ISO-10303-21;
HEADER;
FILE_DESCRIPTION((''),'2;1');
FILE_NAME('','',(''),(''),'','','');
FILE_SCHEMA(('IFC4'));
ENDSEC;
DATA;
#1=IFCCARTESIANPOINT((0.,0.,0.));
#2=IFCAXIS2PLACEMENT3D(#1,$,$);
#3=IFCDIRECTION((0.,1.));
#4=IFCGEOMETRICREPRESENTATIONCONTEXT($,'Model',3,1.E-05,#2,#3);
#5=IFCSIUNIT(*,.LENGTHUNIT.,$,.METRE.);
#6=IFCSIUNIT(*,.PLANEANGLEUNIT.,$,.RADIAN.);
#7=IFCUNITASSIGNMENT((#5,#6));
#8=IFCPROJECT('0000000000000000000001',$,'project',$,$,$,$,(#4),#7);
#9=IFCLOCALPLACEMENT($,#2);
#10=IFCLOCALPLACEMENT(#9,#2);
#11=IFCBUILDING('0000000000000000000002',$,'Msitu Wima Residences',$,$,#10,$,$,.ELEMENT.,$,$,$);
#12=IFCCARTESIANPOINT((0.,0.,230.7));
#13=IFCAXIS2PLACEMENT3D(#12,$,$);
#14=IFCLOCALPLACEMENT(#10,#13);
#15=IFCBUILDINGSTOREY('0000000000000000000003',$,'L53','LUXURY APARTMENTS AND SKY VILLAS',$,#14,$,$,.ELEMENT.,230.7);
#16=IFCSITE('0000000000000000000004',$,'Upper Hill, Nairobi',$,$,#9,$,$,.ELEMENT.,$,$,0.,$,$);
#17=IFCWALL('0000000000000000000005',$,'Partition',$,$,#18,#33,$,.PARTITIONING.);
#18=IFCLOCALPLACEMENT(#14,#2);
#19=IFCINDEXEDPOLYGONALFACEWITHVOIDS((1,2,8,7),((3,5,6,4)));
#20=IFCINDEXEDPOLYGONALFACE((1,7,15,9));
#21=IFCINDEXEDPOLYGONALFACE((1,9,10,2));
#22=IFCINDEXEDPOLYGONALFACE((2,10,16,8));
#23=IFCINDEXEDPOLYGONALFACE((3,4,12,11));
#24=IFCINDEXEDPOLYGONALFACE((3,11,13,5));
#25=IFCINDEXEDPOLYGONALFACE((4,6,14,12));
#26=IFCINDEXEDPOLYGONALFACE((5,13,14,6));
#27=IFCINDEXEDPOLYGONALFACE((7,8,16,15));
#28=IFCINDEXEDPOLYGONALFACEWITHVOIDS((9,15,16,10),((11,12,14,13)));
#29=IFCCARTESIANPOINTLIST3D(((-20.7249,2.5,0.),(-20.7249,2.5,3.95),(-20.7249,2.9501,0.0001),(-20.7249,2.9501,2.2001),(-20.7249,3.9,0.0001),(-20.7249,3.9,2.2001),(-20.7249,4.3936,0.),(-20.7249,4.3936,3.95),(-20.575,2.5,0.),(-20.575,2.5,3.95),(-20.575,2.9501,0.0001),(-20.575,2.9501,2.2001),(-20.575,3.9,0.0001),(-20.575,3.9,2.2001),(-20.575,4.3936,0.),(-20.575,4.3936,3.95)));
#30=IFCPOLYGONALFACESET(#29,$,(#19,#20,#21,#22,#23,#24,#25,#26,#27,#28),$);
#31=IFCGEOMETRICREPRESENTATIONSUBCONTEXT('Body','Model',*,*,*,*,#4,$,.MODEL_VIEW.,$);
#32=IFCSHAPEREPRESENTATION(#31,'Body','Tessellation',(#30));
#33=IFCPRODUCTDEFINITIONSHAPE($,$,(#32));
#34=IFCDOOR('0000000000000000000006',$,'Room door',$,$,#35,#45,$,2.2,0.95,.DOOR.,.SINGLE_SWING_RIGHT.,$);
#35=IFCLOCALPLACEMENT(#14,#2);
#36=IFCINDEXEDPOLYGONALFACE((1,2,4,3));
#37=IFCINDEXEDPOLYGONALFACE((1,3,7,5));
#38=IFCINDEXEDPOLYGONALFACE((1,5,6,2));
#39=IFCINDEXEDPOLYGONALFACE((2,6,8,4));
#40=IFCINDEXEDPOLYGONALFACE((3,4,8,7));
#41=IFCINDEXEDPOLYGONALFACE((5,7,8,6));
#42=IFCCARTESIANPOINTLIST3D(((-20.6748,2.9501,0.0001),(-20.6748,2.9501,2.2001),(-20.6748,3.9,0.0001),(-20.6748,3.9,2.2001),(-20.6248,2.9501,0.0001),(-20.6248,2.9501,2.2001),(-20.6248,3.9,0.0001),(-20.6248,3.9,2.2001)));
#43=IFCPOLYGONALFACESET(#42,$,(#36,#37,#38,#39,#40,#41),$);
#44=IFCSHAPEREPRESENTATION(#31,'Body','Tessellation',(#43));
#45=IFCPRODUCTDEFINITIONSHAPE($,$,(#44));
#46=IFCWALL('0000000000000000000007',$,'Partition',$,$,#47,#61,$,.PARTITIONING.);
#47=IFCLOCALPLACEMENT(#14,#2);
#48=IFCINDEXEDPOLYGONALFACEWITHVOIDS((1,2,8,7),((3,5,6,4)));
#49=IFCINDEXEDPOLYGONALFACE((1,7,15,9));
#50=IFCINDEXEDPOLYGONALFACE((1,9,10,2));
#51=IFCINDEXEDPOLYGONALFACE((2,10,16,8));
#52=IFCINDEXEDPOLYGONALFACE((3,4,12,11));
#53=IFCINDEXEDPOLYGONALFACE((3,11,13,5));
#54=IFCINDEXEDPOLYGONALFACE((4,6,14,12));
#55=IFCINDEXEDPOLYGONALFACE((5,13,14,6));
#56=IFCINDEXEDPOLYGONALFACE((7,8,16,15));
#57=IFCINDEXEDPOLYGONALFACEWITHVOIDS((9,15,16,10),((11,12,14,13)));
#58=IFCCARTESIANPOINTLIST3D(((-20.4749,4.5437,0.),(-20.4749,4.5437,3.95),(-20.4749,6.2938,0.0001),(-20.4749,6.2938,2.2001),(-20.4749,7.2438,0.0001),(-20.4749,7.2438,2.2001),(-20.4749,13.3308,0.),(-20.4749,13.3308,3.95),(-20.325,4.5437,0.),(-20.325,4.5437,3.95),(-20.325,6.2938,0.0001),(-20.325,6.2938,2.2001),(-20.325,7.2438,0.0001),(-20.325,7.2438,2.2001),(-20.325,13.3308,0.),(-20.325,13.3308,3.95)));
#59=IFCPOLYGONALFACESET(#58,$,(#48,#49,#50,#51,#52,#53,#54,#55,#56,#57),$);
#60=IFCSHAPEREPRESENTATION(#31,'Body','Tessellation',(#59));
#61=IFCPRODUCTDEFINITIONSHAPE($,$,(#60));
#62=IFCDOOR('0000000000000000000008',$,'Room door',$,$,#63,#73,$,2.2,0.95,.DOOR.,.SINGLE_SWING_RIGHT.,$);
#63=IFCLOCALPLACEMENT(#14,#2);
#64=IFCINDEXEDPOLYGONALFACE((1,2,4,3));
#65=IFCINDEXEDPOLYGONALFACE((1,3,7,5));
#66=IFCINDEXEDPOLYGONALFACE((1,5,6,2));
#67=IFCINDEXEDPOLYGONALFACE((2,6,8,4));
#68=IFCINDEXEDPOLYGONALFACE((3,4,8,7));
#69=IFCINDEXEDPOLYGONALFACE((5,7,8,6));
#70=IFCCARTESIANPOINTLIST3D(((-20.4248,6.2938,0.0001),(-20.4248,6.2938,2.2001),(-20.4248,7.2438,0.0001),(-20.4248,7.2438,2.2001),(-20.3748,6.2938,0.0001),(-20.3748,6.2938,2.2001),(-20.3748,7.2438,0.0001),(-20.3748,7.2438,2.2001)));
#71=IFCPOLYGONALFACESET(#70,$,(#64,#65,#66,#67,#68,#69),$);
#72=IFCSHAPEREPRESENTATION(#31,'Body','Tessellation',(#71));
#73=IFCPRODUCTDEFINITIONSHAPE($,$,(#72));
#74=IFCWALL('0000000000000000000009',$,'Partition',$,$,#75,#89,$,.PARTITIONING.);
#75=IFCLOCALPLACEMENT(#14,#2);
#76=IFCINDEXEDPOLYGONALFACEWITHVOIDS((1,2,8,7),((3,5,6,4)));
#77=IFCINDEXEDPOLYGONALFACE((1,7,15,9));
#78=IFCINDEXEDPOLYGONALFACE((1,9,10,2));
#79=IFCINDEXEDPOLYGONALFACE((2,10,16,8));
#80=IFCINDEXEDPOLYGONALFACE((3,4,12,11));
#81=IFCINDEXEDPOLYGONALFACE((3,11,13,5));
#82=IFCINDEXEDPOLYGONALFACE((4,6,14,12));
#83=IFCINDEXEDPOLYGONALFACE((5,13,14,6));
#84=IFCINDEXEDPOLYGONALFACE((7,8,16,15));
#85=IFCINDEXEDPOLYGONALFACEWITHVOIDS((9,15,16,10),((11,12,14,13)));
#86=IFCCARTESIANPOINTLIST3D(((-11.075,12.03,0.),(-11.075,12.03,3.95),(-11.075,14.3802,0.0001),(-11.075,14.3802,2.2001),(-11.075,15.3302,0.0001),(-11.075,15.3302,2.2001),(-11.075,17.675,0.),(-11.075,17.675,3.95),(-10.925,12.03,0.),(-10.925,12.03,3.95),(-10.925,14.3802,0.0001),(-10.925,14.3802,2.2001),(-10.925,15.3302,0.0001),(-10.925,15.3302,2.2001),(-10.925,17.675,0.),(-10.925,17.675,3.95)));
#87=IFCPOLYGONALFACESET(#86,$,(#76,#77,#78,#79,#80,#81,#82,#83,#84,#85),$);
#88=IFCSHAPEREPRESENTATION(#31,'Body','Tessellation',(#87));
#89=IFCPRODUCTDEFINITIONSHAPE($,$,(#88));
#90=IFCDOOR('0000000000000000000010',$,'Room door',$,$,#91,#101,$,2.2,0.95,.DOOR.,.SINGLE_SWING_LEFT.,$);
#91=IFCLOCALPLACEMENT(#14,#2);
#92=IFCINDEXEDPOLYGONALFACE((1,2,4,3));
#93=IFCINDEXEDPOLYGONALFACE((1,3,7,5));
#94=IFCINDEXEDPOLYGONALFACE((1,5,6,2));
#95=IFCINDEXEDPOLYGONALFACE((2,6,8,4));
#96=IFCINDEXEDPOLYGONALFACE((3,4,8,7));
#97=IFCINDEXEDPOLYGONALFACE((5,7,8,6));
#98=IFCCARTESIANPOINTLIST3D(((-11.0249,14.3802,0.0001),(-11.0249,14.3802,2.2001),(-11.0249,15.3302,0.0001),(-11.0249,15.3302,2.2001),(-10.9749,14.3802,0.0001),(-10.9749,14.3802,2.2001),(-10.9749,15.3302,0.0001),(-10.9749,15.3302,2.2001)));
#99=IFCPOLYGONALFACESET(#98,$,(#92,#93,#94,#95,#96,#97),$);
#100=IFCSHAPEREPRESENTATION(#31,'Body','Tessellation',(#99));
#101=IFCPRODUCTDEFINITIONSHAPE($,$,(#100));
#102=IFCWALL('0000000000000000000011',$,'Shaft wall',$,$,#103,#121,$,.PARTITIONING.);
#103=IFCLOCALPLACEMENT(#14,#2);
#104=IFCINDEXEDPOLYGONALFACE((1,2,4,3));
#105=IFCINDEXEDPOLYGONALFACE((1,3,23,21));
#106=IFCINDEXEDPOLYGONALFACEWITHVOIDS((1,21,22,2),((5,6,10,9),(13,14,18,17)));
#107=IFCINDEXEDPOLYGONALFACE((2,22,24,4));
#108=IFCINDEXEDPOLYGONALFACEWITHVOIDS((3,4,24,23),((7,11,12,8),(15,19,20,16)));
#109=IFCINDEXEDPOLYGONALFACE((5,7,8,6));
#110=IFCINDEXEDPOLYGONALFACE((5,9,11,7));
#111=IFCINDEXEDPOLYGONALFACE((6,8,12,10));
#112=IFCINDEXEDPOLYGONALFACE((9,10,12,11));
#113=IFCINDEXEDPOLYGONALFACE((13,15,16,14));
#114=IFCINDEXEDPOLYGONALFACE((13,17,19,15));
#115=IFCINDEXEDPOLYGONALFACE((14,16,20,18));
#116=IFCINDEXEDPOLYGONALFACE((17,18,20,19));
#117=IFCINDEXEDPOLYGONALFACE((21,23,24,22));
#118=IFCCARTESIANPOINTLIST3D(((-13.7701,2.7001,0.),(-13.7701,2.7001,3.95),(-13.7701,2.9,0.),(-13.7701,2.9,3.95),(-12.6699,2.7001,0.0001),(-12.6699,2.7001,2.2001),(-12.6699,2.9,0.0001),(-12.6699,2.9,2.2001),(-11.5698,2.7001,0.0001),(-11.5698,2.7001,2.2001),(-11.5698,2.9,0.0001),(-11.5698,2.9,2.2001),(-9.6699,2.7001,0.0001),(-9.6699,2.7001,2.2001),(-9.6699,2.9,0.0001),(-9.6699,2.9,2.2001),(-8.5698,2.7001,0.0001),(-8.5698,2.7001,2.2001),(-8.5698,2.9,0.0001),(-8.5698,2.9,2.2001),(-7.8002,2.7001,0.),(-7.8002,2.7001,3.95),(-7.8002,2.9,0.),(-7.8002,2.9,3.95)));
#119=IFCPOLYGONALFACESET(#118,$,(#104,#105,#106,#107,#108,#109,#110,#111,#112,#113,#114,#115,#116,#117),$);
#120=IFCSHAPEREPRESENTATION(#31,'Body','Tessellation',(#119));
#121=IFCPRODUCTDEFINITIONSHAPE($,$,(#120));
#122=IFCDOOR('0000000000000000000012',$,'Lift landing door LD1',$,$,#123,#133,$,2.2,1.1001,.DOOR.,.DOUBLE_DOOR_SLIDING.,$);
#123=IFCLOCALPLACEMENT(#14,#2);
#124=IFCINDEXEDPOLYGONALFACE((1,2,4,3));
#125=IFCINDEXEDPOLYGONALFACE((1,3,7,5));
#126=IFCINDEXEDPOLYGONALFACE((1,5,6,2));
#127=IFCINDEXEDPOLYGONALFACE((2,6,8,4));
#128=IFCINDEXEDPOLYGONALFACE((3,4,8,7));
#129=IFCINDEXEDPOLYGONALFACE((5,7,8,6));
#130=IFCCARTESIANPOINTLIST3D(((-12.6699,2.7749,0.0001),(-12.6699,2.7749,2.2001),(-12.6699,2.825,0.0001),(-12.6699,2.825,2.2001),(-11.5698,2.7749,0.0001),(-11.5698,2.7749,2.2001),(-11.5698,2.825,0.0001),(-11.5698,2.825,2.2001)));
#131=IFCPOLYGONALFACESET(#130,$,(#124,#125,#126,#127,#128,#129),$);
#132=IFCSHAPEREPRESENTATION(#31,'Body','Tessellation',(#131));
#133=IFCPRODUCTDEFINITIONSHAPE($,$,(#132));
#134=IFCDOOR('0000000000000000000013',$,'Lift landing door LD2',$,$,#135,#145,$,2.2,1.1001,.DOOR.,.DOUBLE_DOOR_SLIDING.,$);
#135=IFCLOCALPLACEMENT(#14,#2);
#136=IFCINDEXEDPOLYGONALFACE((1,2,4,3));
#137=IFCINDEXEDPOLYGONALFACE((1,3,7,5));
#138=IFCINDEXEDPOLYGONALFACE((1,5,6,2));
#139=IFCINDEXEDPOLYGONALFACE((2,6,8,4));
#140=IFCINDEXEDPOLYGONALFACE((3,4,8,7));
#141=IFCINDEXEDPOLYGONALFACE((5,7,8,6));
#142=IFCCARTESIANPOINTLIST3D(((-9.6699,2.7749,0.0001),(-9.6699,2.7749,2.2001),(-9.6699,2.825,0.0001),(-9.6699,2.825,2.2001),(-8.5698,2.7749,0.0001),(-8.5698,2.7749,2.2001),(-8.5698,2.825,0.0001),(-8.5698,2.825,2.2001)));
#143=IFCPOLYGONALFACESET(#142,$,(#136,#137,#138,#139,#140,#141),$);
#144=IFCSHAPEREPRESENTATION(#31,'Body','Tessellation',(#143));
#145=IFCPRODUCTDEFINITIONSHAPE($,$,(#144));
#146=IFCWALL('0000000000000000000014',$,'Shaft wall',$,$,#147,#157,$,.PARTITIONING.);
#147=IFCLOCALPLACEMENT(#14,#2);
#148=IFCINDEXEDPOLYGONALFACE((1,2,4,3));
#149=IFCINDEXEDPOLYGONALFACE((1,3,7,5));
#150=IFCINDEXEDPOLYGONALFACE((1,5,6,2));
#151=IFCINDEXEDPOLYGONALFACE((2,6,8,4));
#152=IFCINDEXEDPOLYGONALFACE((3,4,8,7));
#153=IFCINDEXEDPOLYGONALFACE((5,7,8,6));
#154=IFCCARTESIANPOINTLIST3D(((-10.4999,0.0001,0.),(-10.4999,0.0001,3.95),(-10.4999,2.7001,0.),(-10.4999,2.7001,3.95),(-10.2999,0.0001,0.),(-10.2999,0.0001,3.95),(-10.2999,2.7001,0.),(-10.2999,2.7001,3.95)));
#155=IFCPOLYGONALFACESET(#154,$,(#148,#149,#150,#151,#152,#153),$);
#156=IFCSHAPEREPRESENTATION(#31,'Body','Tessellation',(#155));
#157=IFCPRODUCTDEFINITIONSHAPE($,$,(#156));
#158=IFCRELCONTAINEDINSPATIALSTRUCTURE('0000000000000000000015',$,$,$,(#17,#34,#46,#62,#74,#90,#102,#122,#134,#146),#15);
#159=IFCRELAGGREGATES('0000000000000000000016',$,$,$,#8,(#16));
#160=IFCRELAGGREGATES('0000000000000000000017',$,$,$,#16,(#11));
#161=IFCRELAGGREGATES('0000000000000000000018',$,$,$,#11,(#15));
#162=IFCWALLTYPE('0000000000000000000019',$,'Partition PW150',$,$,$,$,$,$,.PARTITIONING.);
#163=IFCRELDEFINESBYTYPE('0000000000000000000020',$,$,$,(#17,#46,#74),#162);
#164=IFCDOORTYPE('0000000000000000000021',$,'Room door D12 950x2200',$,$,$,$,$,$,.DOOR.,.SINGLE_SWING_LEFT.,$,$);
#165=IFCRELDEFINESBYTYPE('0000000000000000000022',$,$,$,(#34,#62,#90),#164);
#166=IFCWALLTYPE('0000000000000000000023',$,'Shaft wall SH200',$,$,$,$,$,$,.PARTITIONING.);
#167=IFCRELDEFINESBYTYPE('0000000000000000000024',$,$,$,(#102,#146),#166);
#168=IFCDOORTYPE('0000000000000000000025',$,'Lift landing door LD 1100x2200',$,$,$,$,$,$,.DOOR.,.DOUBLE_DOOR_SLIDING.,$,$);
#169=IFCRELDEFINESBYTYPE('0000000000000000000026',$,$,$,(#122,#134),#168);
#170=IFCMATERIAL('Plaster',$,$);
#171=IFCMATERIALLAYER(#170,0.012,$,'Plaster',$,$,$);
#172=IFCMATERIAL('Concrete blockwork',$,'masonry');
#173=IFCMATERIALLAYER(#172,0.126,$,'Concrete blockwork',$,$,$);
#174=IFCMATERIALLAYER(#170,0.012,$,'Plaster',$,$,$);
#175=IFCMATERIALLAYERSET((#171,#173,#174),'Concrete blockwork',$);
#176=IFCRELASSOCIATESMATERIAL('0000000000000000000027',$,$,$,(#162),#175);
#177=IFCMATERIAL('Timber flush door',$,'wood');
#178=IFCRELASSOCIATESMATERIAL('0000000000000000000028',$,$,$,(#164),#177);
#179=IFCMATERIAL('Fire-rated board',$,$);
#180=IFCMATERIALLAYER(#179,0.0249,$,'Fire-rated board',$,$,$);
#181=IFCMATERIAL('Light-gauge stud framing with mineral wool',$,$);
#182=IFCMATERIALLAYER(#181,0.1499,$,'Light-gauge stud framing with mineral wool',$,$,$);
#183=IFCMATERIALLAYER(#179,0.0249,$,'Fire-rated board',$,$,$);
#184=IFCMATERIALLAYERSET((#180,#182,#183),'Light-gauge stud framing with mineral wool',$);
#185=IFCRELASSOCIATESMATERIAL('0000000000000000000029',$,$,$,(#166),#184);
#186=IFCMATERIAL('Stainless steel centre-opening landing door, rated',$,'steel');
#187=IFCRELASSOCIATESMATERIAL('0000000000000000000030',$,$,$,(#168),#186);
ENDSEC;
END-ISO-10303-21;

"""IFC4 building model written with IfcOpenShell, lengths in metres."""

from ifc_helpers import new_model, si_unit, direction, frame, frame_2d, origin, place, context, subcontext, project, spatial, rectangle, extrude, material, layer, layer_set, type_object, element, fill, save


model = new_model("IFC4")

# Units and contexts
model_context = context("Model", 3, precision=1e-05, world=origin(), true_north=direction((0.0, 1.0)))
body_context = subcontext(model_context, "Body", "Model", "MODEL_VIEW")
ifc_project = project(units=[si_unit("LENGTHUNIT", "METRE"), si_unit("PLANEANGLEUNIT", "RADIAN")], contexts=[model_context])

# Site, building, storey
site_placement = place(None, origin())
site = spatial("IfcSite", under=ifc_project, at=site_placement, Name="Upper Hill, Nairobi", CompositionType="ELEMENT", RefElevation=0.0)
building_placement = place(site_placement, origin())
building = spatial("IfcBuilding", under=site, at=building_placement, Name="Msitu Wima Residences", CompositionType="ELEMENT")
storey_placement = place(building_placement, frame((0.0, 0.0, 230.7)))
storey = spatial("IfcBuildingStorey", under=building, at=storey_placement, Name="L53", Description="LUXURY APARTMENTS AND SKY VILLAS", CompositionType="ELEMENT", Elevation=230.7)

# Shared definitions
ifc_material_1 = material(Name="Plaster")
ifc_material_2 = material(Name="Concrete blockwork", Category="masonry")
ifc_layer_1 = layer(ifc_material_1, 0.012, Name="Plaster")
ifc_layer_2 = layer(ifc_material_2, 0.126, Name="Concrete blockwork")
ifc_layer_3 = layer(ifc_material_1, 0.012, Name="Plaster")
ifc_layer_set_1 = layer_set([ifc_layer_1, ifc_layer_2, ifc_layer_3], Name="Concrete blockwork")
wall_type_1 = type_object("IfcWallType", Name="Partition PW150", PredefinedType="PARTITIONING", material=ifc_layer_set_1)

# Walls, openings, doors
wall_1_placement = place(storey_placement, frame((-20.6499, 2.5, 0.0), z_axis=(0.0, 0.0, 1.0), x_axis=(0.0, 1.0, 0.0)))
wall_1 = element("IfcWall", 1, at=wall_1_placement, inside=storey, type_object=wall_type_1, Name="Partition", PredefinedType="PARTITIONING", context=body_context, shape_type="SweptSolid", body=[
    extrude(rectangle(XDim=1.8936, YDim=0.1499, at=frame_2d((0.9468, 0.0))), origin(), (0.0, 0.0, 1.0), 3.95),
])
opening_1_placement = place(wall_1_placement, frame((0.45, 0.0, 0.0)))
opening_1 = element("IfcOpeningElement", 2, at=opening_1_placement, cuts=wall_1, PredefinedType="OPENING", context=body_context, shape_type="SweptSolid", body=[
    extrude(rectangle(XDim=0.95, YDim=2.2, at=frame_2d((0.4751, 1.1001))), frame((0.0, 0.085, 0.0), z_axis=(0.0, -1.0, 0.0), x_axis=(1.0, 0.0, 0.0)), (0.0, 0.0, 1.0), 0.1699),
])
ifc_material_3 = material(Name="Timber flush door", Category="wood")
door_type_1 = type_object("IfcDoorType", Name="Room door D12 950x2200", OperationType="SINGLE_SWING_LEFT", PredefinedType="DOOR", material=ifc_material_3)
door_1_placement = place(opening_1_placement, origin())
door_1 = element("IfcDoor", 3, at=door_1_placement, inside=storey, type_object=door_type_1, Name="Room door", OperationType="SINGLE_SWING_RIGHT", OverallHeight=2.2, OverallWidth=0.95, PredefinedType="DOOR", context=body_context, shape_type="SweptSolid", body=[
    extrude(rectangle(XDim=0.95, YDim=2.2, at=frame_2d((0.4751, 1.1001))), frame((0.0, 0.0249, 0.0), z_axis=(0.0, -1.0, 0.0), x_axis=(1.0, 0.0, 0.0)), (0.0, 0.0, 1.0), 0.05),
])
fill(opening_1, door_1)
wall_2_placement = place(storey_placement, frame((-20.3999, 4.5437, 0.0), z_axis=(0.0, 0.0, 1.0), x_axis=(0.0, 1.0, 0.0)))
wall_2 = element("IfcWall", 4, at=wall_2_placement, inside=storey, type_object=wall_type_1, Name="Partition", PredefinedType="PARTITIONING", context=body_context, shape_type="SweptSolid", body=[
    extrude(rectangle(XDim=8.7871, YDim=0.1499, at=frame_2d((4.3936, 0.0))), origin(), (0.0, 0.0, 1.0), 3.95),
])
opening_2_placement = place(wall_2_placement, frame((1.75, 0.0, 0.0)))
opening_2 = element("IfcOpeningElement", 5, at=opening_2_placement, cuts=wall_2, PredefinedType="OPENING", context=body_context, shape_type="SweptSolid", body=[
    extrude(rectangle(XDim=0.95, YDim=2.2, at=frame_2d((0.4751, 1.1001))), frame((0.0, 0.085, 0.0), z_axis=(0.0, -1.0, 0.0), x_axis=(1.0, 0.0, 0.0)), (0.0, 0.0, 1.0), 0.1699),
])
door_2_placement = place(opening_2_placement, origin())
door_2 = element("IfcDoor", 6, at=door_2_placement, inside=storey, type_object=door_type_1, Name="Room door", OperationType="SINGLE_SWING_RIGHT", OverallHeight=2.2, OverallWidth=0.95, PredefinedType="DOOR", context=body_context, shape_type="SweptSolid", body=[
    extrude(rectangle(XDim=0.95, YDim=2.2, at=frame_2d((0.4751, 1.1001))), frame((0.0, 0.0249, 0.0), z_axis=(0.0, -1.0, 0.0), x_axis=(1.0, 0.0, 0.0)), (0.0, 0.0, 1.0), 0.05),
])
fill(opening_2, door_2)
wall_3_placement = place(storey_placement, frame((-11.0, 12.03, 0.0), z_axis=(0.0, 0.0, 1.0), x_axis=(0.0, 1.0, 0.0)))
wall_3 = element("IfcWall", 7, at=wall_3_placement, inside=storey, type_object=wall_type_1, Name="Partition", PredefinedType="PARTITIONING", context=body_context, shape_type="SweptSolid", body=[
    extrude(rectangle(XDim=5.645, YDim=0.1499, at=frame_2d((2.8225, 0.0))), origin(), (0.0, 0.0, 1.0), 3.95),
])
opening_3_placement = place(wall_3_placement, frame((2.3501, 0.0, 0.0)))
opening_3 = element("IfcOpeningElement", 8, at=opening_3_placement, cuts=wall_3, PredefinedType="OPENING", context=body_context, shape_type="SweptSolid", body=[
    extrude(rectangle(XDim=0.95, YDim=2.2, at=frame_2d((0.4751, 1.1001))), frame((0.0, 0.085, 0.0), z_axis=(0.0, -1.0, 0.0), x_axis=(1.0, 0.0, 0.0)), (0.0, 0.0, 1.0), 0.1699),
])
door_3_placement = place(opening_3_placement, origin())
door_3 = element("IfcDoor", 9, at=door_3_placement, inside=storey, type_object=door_type_1, Name="Room door", OperationType="SINGLE_SWING_LEFT", OverallHeight=2.2, OverallWidth=0.95, PredefinedType="DOOR", context=body_context, shape_type="SweptSolid", body=[
    extrude(rectangle(XDim=0.95, YDim=2.2, at=frame_2d((0.4751, 1.1001))), frame((0.0, 0.0249, 0.0), z_axis=(0.0, -1.0, 0.0), x_axis=(1.0, 0.0, 0.0)), (0.0, 0.0, 1.0), 0.05),
])
fill(opening_3, door_3)

# Wall, openings, doors
ifc_material_4 = material(Name="Fire-rated board")
ifc_layer_4 = layer(ifc_material_4, 0.0249, Name="Fire-rated board")
ifc_material_5 = material(Name="Light-gauge stud framing with mineral wool")
ifc_layer_5 = layer(ifc_material_5, 0.1499, Name="Light-gauge stud framing with mineral wool")
ifc_layer_6 = layer(ifc_material_4, 0.0249, Name="Fire-rated board")
ifc_layer_set_2 = layer_set([ifc_layer_4, ifc_layer_5, ifc_layer_6], Name="Light-gauge stud framing with mineral wool")
wall_type_2 = type_object("IfcWallType", Name="Shaft wall SH200", PredefinedType="PARTITIONING", material=ifc_layer_set_2)
wall_4_placement = place(storey_placement, frame((-13.77, 2.8, 0.0), z_axis=(0.0, 0.0, 1.0), x_axis=(1.0, 0.0, 0.0)))
wall_4 = element("IfcWall", 10, at=wall_4_placement, inside=storey, type_object=wall_type_2, Name="Shaft wall", PredefinedType="PARTITIONING", context=body_context, shape_type="SweptSolid", body=[
    extrude(rectangle(XDim=5.97, YDim=0.2, at=frame_2d((2.9849, 0.0))), origin(), (0.0, 0.0, 1.0), 3.95),
])
opening_4_placement = place(wall_4_placement, frame((1.1001, 0.0, 0.0)))
opening_4 = element("IfcOpeningElement", 11, at=opening_4_placement, cuts=wall_4, PredefinedType="OPENING", context=body_context, shape_type="SweptSolid", body=[
    extrude(rectangle(XDim=1.1001, YDim=2.2, at=frame_2d((0.55, 1.1001))), frame((0.0, 0.1099, 0.0), z_axis=(0.0, -1.0, 0.0), x_axis=(1.0, 0.0, 0.0)), (0.0, 0.0, 1.0), 0.22),
])
opening_5_placement = place(wall_4_placement, frame((4.1001, 0.0, 0.0)))
opening_5 = element("IfcOpeningElement", 12, at=opening_5_placement, cuts=wall_4, PredefinedType="OPENING", context=body_context, shape_type="SweptSolid", body=[
    extrude(rectangle(XDim=1.1001, YDim=2.2, at=frame_2d((0.55, 1.1001))), frame((0.0, 0.1099, 0.0), z_axis=(0.0, -1.0, 0.0), x_axis=(1.0, 0.0, 0.0)), (0.0, 0.0, 1.0), 0.22),
])
ifc_material_6 = material(Name="Stainless steel centre-opening landing door, rated", Category="steel")
door_type_2 = type_object("IfcDoorType", Name="Lift landing door LD 1100x2200", OperationType="DOUBLE_DOOR_SLIDING", PredefinedType="DOOR", material=ifc_material_6)
door_4_placement = place(opening_4_placement, origin())
door_4 = element("IfcDoor", 13, at=door_4_placement, inside=storey, type_object=door_type_2, Name="Lift landing door LD1", OperationType="DOUBLE_DOOR_SLIDING", OverallHeight=2.2, OverallWidth=1.1001, PredefinedType="DOOR", context=body_context, shape_type="SweptSolid", body=[
    extrude(rectangle(XDim=1.1001, YDim=2.2, at=frame_2d((0.55, 1.1001))), frame((0.0, 0.0249, 0.0), z_axis=(0.0, -1.0, 0.0), x_axis=(1.0, 0.0, 0.0)), (0.0, 0.0, 1.0), 0.05),
])
fill(opening_4, door_4)
door_5_placement = place(opening_5_placement, origin())
door_5 = element("IfcDoor", 14, at=door_5_placement, inside=storey, type_object=door_type_2, Name="Lift landing door LD2", OperationType="DOUBLE_DOOR_SLIDING", OverallHeight=2.2, OverallWidth=1.1001, PredefinedType="DOOR", context=body_context, shape_type="SweptSolid", body=[
    extrude(rectangle(XDim=1.1001, YDim=2.2, at=frame_2d((0.55, 1.1001))), frame((0.0, 0.0249, 0.0), z_axis=(0.0, -1.0, 0.0), x_axis=(1.0, 0.0, 0.0)), (0.0, 0.0, 1.0), 0.05),
])
fill(opening_5, door_5)

# Wall
wall_5_placement = place(storey_placement, frame((-10.3999, 0.0, 0.0), z_axis=(0.0, 0.0, 1.0), x_axis=(0.0, 1.0, 0.0)))
element("IfcWall", 15, at=wall_5_placement, inside=storey, type_object=wall_type_2, Name="Shaft wall", PredefinedType="PARTITIONING", context=body_context, shape_type="SweptSolid", body=[
    extrude(rectangle(XDim=2.7, YDim=0.2, at=frame_2d((1.3501, 0.0))), origin(), (0.0, 0.0, 1.0), 3.95),
])

save(model, "model.ifc")
